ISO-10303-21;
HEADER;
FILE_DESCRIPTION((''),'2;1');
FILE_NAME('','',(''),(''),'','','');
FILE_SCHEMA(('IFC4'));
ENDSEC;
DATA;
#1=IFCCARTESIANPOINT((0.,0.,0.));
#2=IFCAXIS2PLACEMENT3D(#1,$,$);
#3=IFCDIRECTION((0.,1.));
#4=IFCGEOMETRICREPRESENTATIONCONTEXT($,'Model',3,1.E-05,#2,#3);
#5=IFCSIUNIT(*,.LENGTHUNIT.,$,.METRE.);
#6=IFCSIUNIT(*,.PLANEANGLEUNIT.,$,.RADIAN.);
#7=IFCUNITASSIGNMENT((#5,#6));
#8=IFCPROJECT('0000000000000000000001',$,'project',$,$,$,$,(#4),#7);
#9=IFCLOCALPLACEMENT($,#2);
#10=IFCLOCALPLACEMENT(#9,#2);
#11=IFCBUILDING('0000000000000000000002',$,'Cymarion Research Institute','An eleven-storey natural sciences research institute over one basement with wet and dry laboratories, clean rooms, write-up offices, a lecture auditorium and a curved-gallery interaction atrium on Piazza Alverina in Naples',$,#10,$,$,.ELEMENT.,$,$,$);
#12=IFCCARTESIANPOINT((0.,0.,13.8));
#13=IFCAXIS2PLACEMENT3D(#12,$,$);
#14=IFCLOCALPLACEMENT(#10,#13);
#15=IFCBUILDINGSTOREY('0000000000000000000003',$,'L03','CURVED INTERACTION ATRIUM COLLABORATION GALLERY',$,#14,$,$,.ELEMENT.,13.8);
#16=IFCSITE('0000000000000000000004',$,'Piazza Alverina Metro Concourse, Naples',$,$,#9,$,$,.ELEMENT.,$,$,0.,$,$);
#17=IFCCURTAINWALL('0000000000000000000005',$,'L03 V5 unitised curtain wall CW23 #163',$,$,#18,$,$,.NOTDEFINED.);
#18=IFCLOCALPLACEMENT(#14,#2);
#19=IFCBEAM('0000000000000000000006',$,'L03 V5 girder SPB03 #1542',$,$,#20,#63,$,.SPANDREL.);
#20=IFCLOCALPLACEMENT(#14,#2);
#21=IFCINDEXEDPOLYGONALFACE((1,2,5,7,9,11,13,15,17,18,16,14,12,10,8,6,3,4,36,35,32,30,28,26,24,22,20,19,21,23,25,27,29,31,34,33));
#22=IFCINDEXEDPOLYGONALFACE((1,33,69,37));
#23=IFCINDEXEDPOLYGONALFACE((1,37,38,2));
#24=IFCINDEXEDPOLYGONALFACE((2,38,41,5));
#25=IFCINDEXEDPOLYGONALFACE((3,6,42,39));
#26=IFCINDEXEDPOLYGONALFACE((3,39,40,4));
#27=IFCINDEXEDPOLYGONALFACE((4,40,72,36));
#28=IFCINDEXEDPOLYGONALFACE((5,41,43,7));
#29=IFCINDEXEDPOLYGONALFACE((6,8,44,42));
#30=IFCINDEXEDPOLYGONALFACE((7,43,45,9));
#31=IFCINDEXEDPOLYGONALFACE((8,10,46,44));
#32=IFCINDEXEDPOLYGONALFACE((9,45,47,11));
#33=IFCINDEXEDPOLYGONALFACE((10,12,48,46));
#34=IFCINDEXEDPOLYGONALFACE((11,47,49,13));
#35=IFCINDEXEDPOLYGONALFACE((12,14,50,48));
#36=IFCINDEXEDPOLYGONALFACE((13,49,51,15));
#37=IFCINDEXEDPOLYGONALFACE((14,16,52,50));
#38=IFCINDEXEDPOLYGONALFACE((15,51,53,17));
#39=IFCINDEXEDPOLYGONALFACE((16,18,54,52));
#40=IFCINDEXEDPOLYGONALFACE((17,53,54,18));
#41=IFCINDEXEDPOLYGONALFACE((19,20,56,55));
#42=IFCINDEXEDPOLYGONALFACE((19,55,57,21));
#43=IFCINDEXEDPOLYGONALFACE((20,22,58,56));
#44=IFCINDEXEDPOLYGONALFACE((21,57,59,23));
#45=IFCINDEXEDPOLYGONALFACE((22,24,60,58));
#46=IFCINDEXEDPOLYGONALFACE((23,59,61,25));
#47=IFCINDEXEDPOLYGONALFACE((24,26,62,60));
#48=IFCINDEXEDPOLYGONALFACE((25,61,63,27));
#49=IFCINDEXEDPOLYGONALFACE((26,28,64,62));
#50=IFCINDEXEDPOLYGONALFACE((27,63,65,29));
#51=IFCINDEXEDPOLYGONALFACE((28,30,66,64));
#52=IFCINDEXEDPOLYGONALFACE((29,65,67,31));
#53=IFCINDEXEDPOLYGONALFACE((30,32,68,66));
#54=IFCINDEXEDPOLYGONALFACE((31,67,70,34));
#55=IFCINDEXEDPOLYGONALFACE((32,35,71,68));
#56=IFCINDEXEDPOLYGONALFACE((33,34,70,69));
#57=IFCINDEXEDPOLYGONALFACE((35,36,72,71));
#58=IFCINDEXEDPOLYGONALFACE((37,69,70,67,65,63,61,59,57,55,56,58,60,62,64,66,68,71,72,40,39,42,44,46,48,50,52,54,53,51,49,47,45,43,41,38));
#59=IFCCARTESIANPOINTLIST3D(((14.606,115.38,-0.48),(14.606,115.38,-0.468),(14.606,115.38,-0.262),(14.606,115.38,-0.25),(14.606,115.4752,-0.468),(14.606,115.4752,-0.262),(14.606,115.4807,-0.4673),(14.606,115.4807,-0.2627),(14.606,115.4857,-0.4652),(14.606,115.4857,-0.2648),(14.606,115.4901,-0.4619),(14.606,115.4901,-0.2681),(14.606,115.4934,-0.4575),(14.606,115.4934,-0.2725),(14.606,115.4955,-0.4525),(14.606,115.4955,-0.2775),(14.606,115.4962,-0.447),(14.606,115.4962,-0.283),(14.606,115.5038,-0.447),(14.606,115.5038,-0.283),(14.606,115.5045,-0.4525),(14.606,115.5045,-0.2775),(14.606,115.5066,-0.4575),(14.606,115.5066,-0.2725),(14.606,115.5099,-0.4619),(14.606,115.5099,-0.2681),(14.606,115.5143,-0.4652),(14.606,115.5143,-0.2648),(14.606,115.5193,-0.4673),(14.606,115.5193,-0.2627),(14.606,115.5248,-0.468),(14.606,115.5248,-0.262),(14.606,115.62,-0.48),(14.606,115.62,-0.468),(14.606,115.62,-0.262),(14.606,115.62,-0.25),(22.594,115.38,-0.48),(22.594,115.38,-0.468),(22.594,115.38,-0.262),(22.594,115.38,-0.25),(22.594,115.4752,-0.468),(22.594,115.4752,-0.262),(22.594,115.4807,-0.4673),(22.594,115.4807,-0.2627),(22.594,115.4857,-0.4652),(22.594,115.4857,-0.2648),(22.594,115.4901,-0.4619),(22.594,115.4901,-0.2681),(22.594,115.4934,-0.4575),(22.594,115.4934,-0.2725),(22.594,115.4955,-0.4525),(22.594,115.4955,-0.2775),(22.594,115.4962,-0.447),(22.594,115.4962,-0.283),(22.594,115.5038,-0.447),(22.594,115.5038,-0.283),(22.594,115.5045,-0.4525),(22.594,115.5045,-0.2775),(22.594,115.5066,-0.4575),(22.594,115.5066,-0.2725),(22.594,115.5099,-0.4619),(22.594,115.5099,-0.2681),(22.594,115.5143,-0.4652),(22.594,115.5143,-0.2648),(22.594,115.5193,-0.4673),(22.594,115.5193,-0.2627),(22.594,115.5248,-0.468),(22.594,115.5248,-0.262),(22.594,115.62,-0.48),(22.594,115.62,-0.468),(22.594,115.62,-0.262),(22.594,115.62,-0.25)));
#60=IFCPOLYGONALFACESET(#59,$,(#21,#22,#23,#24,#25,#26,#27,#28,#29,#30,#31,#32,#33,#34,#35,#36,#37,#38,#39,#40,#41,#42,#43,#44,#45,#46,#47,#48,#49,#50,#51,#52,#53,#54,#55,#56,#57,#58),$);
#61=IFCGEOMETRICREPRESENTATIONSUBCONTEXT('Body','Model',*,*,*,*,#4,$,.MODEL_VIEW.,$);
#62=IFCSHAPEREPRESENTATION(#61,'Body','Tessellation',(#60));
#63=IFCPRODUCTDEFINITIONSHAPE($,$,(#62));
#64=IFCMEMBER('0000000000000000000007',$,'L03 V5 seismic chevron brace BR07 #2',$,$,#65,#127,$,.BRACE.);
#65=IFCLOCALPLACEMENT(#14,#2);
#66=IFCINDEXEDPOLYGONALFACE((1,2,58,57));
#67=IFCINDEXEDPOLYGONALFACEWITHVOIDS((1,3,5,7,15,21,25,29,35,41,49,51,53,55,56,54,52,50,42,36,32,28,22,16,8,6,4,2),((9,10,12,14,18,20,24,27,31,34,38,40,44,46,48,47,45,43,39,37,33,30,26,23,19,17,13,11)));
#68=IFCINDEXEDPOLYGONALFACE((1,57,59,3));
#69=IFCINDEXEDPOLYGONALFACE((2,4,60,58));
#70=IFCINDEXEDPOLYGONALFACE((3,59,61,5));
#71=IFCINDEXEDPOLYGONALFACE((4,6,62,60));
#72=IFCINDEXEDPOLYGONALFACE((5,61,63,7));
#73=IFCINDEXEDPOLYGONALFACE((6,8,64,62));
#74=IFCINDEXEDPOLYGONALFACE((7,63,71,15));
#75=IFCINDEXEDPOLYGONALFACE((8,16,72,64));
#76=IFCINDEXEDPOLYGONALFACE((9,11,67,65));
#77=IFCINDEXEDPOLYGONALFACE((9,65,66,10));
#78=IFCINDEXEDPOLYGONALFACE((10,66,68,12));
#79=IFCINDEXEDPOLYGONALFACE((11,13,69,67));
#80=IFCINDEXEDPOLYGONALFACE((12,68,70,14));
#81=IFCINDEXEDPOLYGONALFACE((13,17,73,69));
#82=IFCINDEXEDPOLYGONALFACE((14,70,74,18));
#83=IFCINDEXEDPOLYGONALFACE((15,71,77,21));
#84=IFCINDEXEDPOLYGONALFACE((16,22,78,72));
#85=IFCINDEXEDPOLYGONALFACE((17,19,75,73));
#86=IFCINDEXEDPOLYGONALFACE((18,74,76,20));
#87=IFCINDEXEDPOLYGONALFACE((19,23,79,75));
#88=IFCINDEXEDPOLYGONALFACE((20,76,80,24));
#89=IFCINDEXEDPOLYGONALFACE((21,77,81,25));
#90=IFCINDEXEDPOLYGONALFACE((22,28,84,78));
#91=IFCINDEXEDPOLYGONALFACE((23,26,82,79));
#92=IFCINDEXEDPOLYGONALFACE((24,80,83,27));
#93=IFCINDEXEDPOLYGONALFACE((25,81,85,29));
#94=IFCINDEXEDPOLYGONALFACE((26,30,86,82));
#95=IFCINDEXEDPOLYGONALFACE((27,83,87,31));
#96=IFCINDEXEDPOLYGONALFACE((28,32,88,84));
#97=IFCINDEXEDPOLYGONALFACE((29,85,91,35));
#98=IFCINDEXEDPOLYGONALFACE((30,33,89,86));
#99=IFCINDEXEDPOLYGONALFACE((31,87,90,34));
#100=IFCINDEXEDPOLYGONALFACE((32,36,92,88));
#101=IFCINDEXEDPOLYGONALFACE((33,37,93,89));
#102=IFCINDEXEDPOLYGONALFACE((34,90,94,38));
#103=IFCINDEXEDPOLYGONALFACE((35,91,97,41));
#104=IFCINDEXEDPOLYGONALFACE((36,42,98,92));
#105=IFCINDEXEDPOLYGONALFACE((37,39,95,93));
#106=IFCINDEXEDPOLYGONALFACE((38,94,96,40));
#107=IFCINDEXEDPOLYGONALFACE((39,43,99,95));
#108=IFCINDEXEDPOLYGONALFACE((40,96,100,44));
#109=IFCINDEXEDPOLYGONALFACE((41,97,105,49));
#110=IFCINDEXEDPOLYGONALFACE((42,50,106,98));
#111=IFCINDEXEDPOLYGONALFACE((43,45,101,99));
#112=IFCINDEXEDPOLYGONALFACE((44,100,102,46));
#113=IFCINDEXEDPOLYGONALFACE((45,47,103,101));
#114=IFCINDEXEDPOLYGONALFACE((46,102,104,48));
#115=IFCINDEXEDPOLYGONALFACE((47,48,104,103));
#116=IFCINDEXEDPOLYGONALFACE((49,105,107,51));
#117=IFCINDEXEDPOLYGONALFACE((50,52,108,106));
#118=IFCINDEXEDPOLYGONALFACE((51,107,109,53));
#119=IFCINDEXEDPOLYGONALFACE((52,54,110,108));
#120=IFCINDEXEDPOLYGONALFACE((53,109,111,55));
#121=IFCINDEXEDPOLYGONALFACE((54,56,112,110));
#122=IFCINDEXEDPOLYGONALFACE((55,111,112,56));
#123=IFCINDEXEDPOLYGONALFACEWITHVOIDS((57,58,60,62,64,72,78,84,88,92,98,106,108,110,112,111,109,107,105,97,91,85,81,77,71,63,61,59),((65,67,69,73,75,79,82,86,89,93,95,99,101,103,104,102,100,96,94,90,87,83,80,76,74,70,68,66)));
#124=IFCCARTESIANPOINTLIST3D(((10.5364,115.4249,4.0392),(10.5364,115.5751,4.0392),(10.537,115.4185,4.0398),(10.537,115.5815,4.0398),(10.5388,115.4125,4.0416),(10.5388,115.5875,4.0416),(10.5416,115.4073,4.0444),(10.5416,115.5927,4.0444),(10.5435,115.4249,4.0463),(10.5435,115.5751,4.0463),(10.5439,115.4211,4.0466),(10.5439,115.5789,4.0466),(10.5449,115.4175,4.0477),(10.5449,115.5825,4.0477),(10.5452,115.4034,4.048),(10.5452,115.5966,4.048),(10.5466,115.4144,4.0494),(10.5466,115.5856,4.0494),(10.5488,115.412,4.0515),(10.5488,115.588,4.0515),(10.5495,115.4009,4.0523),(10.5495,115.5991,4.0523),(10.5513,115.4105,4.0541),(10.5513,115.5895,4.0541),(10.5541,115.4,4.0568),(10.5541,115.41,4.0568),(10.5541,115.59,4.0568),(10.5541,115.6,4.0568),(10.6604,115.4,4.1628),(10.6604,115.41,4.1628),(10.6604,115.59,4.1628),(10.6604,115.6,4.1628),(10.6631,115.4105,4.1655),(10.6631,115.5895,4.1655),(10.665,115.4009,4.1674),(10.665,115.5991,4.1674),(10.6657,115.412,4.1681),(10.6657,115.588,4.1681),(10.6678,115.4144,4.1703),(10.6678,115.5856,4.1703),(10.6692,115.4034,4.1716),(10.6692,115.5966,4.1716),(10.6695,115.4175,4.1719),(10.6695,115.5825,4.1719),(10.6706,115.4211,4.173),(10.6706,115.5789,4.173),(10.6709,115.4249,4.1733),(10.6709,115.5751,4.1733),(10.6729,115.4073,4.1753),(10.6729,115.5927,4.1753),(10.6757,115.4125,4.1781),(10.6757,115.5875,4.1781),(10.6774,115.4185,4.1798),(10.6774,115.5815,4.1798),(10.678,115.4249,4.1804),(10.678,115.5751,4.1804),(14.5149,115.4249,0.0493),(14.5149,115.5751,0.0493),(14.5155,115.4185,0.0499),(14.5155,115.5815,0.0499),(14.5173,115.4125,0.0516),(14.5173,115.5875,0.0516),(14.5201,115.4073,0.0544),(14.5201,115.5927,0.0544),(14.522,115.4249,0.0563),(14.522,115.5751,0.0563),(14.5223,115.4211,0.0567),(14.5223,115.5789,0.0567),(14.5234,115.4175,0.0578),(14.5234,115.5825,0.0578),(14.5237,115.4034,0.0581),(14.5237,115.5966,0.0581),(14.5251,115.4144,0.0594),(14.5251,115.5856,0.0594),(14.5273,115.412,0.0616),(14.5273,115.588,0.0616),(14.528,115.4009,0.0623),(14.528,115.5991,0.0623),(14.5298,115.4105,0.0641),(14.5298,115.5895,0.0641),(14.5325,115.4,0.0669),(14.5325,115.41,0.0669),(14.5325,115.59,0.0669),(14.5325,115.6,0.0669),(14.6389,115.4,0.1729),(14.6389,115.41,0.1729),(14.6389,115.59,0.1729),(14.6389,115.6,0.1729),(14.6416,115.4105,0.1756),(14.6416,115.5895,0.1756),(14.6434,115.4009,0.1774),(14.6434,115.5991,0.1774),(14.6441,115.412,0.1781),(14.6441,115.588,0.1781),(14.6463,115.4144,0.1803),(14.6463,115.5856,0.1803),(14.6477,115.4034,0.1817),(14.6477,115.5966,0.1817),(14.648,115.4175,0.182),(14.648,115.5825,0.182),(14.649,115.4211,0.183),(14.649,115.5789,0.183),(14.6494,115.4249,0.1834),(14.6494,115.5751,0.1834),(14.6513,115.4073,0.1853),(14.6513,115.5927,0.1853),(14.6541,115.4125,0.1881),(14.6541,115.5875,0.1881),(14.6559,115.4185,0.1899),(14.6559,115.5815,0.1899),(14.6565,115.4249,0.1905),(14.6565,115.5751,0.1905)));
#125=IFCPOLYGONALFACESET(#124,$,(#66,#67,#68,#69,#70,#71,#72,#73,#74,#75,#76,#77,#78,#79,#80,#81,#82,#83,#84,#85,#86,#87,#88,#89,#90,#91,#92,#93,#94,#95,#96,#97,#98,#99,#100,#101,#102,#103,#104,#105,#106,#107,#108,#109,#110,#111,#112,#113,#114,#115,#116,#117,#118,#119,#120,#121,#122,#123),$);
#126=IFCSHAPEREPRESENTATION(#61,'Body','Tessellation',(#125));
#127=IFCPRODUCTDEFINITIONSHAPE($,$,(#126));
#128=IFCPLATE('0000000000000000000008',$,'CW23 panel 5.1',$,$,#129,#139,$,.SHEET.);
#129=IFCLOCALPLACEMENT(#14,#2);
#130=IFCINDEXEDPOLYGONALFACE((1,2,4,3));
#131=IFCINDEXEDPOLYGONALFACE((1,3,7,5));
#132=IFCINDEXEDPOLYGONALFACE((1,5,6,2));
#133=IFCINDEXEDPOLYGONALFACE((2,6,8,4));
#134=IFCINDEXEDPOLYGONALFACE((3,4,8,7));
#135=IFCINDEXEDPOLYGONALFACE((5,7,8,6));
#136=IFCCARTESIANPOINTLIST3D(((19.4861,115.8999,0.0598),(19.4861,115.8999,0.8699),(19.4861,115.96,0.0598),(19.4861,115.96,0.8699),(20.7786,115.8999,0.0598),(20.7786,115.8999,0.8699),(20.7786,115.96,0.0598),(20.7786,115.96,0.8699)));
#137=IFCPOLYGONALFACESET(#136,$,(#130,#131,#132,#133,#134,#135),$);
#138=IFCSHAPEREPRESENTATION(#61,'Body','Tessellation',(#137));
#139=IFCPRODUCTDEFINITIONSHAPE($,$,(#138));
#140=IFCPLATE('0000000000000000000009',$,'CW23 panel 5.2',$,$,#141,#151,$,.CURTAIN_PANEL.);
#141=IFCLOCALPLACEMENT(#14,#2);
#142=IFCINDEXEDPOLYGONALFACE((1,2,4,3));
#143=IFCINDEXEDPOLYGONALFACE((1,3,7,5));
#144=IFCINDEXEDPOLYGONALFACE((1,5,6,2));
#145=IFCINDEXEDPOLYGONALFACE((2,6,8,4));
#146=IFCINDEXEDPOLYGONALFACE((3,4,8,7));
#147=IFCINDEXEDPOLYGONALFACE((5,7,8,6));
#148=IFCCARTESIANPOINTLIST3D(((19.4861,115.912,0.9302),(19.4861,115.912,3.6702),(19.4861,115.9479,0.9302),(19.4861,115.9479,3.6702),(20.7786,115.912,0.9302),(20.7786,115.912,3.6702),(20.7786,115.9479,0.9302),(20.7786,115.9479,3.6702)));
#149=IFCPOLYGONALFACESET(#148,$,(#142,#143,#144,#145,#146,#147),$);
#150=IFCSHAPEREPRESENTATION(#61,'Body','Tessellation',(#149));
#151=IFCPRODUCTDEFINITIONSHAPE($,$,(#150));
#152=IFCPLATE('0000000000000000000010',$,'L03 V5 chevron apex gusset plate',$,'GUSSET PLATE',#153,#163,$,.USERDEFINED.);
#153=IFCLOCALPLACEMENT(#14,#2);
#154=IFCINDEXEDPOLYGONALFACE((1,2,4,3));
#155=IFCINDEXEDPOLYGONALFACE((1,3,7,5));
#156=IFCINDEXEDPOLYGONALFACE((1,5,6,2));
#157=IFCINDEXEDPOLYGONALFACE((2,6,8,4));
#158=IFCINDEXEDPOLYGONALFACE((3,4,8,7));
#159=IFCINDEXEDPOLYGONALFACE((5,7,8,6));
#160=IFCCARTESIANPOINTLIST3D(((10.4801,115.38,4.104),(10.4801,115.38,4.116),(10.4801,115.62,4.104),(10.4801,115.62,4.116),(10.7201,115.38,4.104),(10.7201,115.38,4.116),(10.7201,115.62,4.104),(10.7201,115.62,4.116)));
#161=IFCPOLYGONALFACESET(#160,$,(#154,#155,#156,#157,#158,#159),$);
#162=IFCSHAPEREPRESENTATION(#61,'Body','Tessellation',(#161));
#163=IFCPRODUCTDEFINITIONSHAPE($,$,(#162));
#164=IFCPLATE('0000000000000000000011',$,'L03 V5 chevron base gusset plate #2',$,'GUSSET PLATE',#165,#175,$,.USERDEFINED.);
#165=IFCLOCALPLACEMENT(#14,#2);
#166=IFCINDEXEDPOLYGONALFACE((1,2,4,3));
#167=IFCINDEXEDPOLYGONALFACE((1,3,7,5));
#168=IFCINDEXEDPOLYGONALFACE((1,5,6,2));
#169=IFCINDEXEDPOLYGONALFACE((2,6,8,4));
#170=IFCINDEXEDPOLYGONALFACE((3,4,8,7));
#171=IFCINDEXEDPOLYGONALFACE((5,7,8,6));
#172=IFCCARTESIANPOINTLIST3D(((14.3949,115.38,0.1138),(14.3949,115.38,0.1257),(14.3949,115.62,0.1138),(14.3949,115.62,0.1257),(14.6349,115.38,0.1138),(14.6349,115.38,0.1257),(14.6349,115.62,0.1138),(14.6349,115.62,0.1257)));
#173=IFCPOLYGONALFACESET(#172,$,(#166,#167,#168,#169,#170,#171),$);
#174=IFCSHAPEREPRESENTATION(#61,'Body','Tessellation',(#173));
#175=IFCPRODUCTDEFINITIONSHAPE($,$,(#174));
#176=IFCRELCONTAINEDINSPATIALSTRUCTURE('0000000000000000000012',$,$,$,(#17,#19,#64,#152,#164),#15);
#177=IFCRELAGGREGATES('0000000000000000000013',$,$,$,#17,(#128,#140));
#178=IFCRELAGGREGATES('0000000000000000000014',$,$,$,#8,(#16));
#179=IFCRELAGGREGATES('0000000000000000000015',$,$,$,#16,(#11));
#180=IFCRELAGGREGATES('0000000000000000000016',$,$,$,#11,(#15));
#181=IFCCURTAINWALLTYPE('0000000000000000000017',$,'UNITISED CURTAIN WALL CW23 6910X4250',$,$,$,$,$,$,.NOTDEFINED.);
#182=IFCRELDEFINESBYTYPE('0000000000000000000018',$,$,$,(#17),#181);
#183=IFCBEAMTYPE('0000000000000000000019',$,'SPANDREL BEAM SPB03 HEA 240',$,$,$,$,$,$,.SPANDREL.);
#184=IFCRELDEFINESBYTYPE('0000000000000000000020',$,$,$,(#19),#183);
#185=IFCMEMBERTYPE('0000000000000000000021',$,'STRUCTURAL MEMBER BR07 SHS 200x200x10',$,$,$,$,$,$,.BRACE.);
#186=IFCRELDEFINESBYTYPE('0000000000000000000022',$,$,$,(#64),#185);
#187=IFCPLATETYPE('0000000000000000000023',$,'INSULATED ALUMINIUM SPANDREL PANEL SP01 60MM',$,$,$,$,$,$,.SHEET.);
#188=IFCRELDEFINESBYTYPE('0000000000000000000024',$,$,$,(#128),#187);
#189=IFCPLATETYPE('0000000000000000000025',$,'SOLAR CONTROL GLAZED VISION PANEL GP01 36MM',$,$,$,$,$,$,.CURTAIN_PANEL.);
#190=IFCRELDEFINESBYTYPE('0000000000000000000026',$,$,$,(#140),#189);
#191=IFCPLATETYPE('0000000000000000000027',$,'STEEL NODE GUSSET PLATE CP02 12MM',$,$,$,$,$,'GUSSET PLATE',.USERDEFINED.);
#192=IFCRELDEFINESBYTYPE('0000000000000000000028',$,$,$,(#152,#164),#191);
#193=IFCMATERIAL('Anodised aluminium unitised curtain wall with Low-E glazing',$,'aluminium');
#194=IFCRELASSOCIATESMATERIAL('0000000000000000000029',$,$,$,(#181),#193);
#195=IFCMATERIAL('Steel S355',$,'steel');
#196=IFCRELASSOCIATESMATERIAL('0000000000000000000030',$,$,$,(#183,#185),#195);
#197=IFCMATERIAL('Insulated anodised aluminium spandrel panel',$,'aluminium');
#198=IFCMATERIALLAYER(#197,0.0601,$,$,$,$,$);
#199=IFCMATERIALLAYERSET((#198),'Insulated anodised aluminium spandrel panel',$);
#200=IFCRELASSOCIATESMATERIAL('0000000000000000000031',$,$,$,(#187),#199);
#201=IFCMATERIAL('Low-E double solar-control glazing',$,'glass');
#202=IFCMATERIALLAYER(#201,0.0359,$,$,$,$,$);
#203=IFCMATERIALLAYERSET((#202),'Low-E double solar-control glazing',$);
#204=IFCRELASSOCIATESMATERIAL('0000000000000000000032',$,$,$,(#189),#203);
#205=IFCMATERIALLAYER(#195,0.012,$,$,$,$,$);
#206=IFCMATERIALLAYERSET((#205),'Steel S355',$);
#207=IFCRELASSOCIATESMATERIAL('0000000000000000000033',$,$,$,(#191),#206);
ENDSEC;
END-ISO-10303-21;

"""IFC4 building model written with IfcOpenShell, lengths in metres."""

from ifc_helpers import new_model, si_unit, direction, frame, origin, origin_2d, place, context, subcontext, project, spatial, rectangle, hollow_rectangle, i_section, extrude, material, layer, layer_set, material_profile, profile_set, type_object, element, aggregate, save


model = new_model("IFC4")

# Units and contexts
model_context = context("Model", 3, precision=1e-05, world=origin(), true_north=direction((0.0, 1.0)))
body_context = subcontext(model_context, "Body", "Model", "MODEL_VIEW")
ifc_project = project(units=[si_unit("LENGTHUNIT", "METRE"), si_unit("PLANEANGLEUNIT", "RADIAN")], contexts=[model_context])

# Site, building, storey
site_placement = place(None, origin())
site = spatial("IfcSite", under=ifc_project, at=site_placement, Name="Piazza Alverina Metro Concourse, Naples", CompositionType="ELEMENT", RefElevation=0.0)
building_placement = place(site_placement, origin())
building = spatial("IfcBuilding", under=site, at=building_placement, Name="Cymarion Research Institute", Description="An eleven-storey natural sciences research institute over one basement with wet and dry laboratories, clean rooms, write-up offices, a lecture auditorium and a curved-gallery interaction atrium on Piazza Alverina in Naples", CompositionType="ELEMENT")
storey_placement = place(building_placement, frame((0.0, 0.0, 13.8)))
storey = spatial("IfcBuildingStorey", under=building, at=storey_placement, Name="L03", Description="CURVED INTERACTION ATRIUM COLLABORATION GALLERY", CompositionType="ELEMENT", Elevation=13.8)

# Shared definitions
ifc_material_1 = material(Name="Steel S355", Category="steel")

# Curtain wall
ifc_material_2 = material(Name="Anodised aluminium unitised curtain wall with Low-E glazing", Category="aluminium")
curtain_wall_type = type_object("IfcCurtainWallType", Name="UNITISED CURTAIN WALL CW23 6910X4250", PredefinedType="NOTDEFINED", material=ifc_material_2)
curtain_wall_placement = place(storey_placement, origin())
curtain_wall = element("IfcCurtainWall", 1, at=curtain_wall_placement, inside=storey, type_object=curtain_wall_type, Name="L03 V5 unitised curtain wall CW23 #163", PredefinedType="NOTDEFINED")

# Beam
ifc_material_profile_1 = material_profile(ifc_material_1, i_section(OverallWidth=0.24, OverallDepth=0.23, WebThickness=0.0076, FlangeThickness=0.012, FilletRadius=0.021, at=origin_2d()), Name="HEA 240")
ifc_profile_set_1 = profile_set([ifc_material_profile_1], Name="Steel S355")
beam_type_1 = type_object("IfcBeamType", Name="SPANDREL BEAM SPB03 HEA 240", PredefinedType="SPANDREL", material=ifc_profile_set_1)
beam_1_placement = place(storey_placement, frame((14.606, 115.5, -0.365), z_axis=(1.0, 0.0, 0.0), x_axis=(0.0, 1.0, 0.0)))
element("IfcBeam", 2, at=beam_1_placement, inside=storey, type_object=beam_type_1, Name="L03 V5 girder SPB03 #1542", PredefinedType="SPANDREL", context=body_context, shape_type="SweptSolid", body=[
    extrude(i_section(OverallWidth=0.24, OverallDepth=0.23, WebThickness=0.0076, FlangeThickness=0.012, FilletRadius=0.021, at=origin_2d()), origin(), (0.0, 0.0, 1.0), 7.988),
])

# Member
ifc_material_profile_2 = material_profile(ifc_material_1, hollow_rectangle(XDim=0.2, YDim=0.2, WallThickness=0.01, InnerFilletRadius=0.0149, OuterFilletRadius=0.0249, at=origin_2d()), Name="SHS 200x200x10")
ifc_profile_set_2 = profile_set([ifc_material_profile_2], Name="Steel S355")
member_type_1 = type_object("IfcMemberType", Name="STRUCTURAL MEMBER BR07 SHS 200x200x10", PredefinedType="BRACE", material=ifc_profile_set_2)
member_1_placement = place(storey_placement, frame((14.5857, 115.5, 0.1199), z_axis=(-0.706088, 0.0, 0.708124), x_axis=(0.0, -1.0, 0.0)))
element("IfcMember", 3, at=member_1_placement, inside=storey, type_object=member_type_1, Name="L03 V5 seismic chevron brace BR07 #2", PredefinedType="BRACE", context=body_context, shape_type="SweptSolid", body=[
    extrude(hollow_rectangle(XDim=0.2, YDim=0.2, WallThickness=0.01, InnerFilletRadius=0.0149, OuterFilletRadius=0.0249, at=origin_2d()), origin(), (0.0, 0.0, 1.0), 5.6345),
])

# Plates
ifc_material_3 = material(Name="Insulated anodised aluminium spandrel panel", Category="aluminium")
ifc_layer_1 = layer(ifc_material_3, 0.0601)
ifc_layer_set_1 = layer_set([ifc_layer_1], Name="Insulated anodised aluminium spandrel panel")
plate_type_1 = type_object("IfcPlateType", Name="INSULATED ALUMINIUM SPANDREL PANEL SP01 60MM", PredefinedType="SHEET", material=ifc_layer_set_1)
plate_1_placement = place(storey_placement, frame((20.1323, 115.9299, 0.0598), z_axis=(0.0, 0.0, 1.0), x_axis=(-1.0, 0.0, 0.0)))
plate_1 = element("IfcPlate", 4, at=plate_1_placement, type_object=plate_type_1, Name="CW23 panel 5.1", PredefinedType="SHEET", context=body_context, shape_type="SweptSolid", body=[
    extrude(rectangle(XDim=1.2925, YDim=0.0601, at=origin_2d()), origin(), (0.0, 0.0, 1.0), 0.8101),
])
ifc_material_4 = material(Name="Low-E double solar-control glazing", Category="glass")
ifc_layer_2 = layer(ifc_material_4, 0.0359)
ifc_layer_set_2 = layer_set([ifc_layer_2], Name="Low-E double solar-control glazing")
plate_type_2 = type_object("IfcPlateType", Name="SOLAR CONTROL GLAZED VISION PANEL GP01 36MM", PredefinedType="CURTAIN_PANEL", material=ifc_layer_set_2)
plate_2_placement = place(storey_placement, frame((20.1323, 115.9299, 0.9302), z_axis=(0.0, 0.0, 1.0), x_axis=(-1.0, 0.0, 0.0)))
plate_2 = element("IfcPlate", 5, at=plate_2_placement, type_object=plate_type_2, Name="CW23 panel 5.2", PredefinedType="CURTAIN_PANEL", context=body_context, shape_type="SweptSolid", body=[
    extrude(rectangle(XDim=1.2925, YDim=0.0359, at=origin_2d()), origin(), (0.0, 0.0, 1.0), 2.74),
])
aggregate(curtain_wall, [plate_1, plate_2])

# Plates
ifc_layer_3 = layer(ifc_material_1, 0.012)
ifc_layer_set_3 = layer_set([ifc_layer_3], Name="Steel S355")
plate_type_3 = type_object("IfcPlateType", Name="STEEL NODE GUSSET PLATE CP02 12MM", ElementType="GUSSET PLATE", PredefinedType="USERDEFINED", material=ifc_layer_set_3)
for number, where, z_axis, x_axis, name in (
    (6, (10.6001, 115.5, 4.104), (0.0, 0.0, 1.0), (1.0, 0.0, 0.0), "L03 V5 chevron apex gusset plate"),
    (7, (14.5149, 115.5, 0.1138), (0.0, 0.0, 1.0), (1.0, 0.0, 0.0), "L03 V5 chevron base gusset plate #2"),
):
    element("IfcPlate", number, at=place(storey_placement, frame(where, z_axis=z_axis, x_axis=x_axis)), inside=storey, type_object=plate_type_3, Name=name, ObjectType="GUSSET PLATE", PredefinedType="USERDEFINED", context=body_context, shape_type="SweptSolid", body=[
        extrude(rectangle(XDim=0.24, YDim=0.24, at=origin_2d()), origin(), (0.0, 0.0, 1.0), 0.012),
    ])

save(model, "model.ifc")
